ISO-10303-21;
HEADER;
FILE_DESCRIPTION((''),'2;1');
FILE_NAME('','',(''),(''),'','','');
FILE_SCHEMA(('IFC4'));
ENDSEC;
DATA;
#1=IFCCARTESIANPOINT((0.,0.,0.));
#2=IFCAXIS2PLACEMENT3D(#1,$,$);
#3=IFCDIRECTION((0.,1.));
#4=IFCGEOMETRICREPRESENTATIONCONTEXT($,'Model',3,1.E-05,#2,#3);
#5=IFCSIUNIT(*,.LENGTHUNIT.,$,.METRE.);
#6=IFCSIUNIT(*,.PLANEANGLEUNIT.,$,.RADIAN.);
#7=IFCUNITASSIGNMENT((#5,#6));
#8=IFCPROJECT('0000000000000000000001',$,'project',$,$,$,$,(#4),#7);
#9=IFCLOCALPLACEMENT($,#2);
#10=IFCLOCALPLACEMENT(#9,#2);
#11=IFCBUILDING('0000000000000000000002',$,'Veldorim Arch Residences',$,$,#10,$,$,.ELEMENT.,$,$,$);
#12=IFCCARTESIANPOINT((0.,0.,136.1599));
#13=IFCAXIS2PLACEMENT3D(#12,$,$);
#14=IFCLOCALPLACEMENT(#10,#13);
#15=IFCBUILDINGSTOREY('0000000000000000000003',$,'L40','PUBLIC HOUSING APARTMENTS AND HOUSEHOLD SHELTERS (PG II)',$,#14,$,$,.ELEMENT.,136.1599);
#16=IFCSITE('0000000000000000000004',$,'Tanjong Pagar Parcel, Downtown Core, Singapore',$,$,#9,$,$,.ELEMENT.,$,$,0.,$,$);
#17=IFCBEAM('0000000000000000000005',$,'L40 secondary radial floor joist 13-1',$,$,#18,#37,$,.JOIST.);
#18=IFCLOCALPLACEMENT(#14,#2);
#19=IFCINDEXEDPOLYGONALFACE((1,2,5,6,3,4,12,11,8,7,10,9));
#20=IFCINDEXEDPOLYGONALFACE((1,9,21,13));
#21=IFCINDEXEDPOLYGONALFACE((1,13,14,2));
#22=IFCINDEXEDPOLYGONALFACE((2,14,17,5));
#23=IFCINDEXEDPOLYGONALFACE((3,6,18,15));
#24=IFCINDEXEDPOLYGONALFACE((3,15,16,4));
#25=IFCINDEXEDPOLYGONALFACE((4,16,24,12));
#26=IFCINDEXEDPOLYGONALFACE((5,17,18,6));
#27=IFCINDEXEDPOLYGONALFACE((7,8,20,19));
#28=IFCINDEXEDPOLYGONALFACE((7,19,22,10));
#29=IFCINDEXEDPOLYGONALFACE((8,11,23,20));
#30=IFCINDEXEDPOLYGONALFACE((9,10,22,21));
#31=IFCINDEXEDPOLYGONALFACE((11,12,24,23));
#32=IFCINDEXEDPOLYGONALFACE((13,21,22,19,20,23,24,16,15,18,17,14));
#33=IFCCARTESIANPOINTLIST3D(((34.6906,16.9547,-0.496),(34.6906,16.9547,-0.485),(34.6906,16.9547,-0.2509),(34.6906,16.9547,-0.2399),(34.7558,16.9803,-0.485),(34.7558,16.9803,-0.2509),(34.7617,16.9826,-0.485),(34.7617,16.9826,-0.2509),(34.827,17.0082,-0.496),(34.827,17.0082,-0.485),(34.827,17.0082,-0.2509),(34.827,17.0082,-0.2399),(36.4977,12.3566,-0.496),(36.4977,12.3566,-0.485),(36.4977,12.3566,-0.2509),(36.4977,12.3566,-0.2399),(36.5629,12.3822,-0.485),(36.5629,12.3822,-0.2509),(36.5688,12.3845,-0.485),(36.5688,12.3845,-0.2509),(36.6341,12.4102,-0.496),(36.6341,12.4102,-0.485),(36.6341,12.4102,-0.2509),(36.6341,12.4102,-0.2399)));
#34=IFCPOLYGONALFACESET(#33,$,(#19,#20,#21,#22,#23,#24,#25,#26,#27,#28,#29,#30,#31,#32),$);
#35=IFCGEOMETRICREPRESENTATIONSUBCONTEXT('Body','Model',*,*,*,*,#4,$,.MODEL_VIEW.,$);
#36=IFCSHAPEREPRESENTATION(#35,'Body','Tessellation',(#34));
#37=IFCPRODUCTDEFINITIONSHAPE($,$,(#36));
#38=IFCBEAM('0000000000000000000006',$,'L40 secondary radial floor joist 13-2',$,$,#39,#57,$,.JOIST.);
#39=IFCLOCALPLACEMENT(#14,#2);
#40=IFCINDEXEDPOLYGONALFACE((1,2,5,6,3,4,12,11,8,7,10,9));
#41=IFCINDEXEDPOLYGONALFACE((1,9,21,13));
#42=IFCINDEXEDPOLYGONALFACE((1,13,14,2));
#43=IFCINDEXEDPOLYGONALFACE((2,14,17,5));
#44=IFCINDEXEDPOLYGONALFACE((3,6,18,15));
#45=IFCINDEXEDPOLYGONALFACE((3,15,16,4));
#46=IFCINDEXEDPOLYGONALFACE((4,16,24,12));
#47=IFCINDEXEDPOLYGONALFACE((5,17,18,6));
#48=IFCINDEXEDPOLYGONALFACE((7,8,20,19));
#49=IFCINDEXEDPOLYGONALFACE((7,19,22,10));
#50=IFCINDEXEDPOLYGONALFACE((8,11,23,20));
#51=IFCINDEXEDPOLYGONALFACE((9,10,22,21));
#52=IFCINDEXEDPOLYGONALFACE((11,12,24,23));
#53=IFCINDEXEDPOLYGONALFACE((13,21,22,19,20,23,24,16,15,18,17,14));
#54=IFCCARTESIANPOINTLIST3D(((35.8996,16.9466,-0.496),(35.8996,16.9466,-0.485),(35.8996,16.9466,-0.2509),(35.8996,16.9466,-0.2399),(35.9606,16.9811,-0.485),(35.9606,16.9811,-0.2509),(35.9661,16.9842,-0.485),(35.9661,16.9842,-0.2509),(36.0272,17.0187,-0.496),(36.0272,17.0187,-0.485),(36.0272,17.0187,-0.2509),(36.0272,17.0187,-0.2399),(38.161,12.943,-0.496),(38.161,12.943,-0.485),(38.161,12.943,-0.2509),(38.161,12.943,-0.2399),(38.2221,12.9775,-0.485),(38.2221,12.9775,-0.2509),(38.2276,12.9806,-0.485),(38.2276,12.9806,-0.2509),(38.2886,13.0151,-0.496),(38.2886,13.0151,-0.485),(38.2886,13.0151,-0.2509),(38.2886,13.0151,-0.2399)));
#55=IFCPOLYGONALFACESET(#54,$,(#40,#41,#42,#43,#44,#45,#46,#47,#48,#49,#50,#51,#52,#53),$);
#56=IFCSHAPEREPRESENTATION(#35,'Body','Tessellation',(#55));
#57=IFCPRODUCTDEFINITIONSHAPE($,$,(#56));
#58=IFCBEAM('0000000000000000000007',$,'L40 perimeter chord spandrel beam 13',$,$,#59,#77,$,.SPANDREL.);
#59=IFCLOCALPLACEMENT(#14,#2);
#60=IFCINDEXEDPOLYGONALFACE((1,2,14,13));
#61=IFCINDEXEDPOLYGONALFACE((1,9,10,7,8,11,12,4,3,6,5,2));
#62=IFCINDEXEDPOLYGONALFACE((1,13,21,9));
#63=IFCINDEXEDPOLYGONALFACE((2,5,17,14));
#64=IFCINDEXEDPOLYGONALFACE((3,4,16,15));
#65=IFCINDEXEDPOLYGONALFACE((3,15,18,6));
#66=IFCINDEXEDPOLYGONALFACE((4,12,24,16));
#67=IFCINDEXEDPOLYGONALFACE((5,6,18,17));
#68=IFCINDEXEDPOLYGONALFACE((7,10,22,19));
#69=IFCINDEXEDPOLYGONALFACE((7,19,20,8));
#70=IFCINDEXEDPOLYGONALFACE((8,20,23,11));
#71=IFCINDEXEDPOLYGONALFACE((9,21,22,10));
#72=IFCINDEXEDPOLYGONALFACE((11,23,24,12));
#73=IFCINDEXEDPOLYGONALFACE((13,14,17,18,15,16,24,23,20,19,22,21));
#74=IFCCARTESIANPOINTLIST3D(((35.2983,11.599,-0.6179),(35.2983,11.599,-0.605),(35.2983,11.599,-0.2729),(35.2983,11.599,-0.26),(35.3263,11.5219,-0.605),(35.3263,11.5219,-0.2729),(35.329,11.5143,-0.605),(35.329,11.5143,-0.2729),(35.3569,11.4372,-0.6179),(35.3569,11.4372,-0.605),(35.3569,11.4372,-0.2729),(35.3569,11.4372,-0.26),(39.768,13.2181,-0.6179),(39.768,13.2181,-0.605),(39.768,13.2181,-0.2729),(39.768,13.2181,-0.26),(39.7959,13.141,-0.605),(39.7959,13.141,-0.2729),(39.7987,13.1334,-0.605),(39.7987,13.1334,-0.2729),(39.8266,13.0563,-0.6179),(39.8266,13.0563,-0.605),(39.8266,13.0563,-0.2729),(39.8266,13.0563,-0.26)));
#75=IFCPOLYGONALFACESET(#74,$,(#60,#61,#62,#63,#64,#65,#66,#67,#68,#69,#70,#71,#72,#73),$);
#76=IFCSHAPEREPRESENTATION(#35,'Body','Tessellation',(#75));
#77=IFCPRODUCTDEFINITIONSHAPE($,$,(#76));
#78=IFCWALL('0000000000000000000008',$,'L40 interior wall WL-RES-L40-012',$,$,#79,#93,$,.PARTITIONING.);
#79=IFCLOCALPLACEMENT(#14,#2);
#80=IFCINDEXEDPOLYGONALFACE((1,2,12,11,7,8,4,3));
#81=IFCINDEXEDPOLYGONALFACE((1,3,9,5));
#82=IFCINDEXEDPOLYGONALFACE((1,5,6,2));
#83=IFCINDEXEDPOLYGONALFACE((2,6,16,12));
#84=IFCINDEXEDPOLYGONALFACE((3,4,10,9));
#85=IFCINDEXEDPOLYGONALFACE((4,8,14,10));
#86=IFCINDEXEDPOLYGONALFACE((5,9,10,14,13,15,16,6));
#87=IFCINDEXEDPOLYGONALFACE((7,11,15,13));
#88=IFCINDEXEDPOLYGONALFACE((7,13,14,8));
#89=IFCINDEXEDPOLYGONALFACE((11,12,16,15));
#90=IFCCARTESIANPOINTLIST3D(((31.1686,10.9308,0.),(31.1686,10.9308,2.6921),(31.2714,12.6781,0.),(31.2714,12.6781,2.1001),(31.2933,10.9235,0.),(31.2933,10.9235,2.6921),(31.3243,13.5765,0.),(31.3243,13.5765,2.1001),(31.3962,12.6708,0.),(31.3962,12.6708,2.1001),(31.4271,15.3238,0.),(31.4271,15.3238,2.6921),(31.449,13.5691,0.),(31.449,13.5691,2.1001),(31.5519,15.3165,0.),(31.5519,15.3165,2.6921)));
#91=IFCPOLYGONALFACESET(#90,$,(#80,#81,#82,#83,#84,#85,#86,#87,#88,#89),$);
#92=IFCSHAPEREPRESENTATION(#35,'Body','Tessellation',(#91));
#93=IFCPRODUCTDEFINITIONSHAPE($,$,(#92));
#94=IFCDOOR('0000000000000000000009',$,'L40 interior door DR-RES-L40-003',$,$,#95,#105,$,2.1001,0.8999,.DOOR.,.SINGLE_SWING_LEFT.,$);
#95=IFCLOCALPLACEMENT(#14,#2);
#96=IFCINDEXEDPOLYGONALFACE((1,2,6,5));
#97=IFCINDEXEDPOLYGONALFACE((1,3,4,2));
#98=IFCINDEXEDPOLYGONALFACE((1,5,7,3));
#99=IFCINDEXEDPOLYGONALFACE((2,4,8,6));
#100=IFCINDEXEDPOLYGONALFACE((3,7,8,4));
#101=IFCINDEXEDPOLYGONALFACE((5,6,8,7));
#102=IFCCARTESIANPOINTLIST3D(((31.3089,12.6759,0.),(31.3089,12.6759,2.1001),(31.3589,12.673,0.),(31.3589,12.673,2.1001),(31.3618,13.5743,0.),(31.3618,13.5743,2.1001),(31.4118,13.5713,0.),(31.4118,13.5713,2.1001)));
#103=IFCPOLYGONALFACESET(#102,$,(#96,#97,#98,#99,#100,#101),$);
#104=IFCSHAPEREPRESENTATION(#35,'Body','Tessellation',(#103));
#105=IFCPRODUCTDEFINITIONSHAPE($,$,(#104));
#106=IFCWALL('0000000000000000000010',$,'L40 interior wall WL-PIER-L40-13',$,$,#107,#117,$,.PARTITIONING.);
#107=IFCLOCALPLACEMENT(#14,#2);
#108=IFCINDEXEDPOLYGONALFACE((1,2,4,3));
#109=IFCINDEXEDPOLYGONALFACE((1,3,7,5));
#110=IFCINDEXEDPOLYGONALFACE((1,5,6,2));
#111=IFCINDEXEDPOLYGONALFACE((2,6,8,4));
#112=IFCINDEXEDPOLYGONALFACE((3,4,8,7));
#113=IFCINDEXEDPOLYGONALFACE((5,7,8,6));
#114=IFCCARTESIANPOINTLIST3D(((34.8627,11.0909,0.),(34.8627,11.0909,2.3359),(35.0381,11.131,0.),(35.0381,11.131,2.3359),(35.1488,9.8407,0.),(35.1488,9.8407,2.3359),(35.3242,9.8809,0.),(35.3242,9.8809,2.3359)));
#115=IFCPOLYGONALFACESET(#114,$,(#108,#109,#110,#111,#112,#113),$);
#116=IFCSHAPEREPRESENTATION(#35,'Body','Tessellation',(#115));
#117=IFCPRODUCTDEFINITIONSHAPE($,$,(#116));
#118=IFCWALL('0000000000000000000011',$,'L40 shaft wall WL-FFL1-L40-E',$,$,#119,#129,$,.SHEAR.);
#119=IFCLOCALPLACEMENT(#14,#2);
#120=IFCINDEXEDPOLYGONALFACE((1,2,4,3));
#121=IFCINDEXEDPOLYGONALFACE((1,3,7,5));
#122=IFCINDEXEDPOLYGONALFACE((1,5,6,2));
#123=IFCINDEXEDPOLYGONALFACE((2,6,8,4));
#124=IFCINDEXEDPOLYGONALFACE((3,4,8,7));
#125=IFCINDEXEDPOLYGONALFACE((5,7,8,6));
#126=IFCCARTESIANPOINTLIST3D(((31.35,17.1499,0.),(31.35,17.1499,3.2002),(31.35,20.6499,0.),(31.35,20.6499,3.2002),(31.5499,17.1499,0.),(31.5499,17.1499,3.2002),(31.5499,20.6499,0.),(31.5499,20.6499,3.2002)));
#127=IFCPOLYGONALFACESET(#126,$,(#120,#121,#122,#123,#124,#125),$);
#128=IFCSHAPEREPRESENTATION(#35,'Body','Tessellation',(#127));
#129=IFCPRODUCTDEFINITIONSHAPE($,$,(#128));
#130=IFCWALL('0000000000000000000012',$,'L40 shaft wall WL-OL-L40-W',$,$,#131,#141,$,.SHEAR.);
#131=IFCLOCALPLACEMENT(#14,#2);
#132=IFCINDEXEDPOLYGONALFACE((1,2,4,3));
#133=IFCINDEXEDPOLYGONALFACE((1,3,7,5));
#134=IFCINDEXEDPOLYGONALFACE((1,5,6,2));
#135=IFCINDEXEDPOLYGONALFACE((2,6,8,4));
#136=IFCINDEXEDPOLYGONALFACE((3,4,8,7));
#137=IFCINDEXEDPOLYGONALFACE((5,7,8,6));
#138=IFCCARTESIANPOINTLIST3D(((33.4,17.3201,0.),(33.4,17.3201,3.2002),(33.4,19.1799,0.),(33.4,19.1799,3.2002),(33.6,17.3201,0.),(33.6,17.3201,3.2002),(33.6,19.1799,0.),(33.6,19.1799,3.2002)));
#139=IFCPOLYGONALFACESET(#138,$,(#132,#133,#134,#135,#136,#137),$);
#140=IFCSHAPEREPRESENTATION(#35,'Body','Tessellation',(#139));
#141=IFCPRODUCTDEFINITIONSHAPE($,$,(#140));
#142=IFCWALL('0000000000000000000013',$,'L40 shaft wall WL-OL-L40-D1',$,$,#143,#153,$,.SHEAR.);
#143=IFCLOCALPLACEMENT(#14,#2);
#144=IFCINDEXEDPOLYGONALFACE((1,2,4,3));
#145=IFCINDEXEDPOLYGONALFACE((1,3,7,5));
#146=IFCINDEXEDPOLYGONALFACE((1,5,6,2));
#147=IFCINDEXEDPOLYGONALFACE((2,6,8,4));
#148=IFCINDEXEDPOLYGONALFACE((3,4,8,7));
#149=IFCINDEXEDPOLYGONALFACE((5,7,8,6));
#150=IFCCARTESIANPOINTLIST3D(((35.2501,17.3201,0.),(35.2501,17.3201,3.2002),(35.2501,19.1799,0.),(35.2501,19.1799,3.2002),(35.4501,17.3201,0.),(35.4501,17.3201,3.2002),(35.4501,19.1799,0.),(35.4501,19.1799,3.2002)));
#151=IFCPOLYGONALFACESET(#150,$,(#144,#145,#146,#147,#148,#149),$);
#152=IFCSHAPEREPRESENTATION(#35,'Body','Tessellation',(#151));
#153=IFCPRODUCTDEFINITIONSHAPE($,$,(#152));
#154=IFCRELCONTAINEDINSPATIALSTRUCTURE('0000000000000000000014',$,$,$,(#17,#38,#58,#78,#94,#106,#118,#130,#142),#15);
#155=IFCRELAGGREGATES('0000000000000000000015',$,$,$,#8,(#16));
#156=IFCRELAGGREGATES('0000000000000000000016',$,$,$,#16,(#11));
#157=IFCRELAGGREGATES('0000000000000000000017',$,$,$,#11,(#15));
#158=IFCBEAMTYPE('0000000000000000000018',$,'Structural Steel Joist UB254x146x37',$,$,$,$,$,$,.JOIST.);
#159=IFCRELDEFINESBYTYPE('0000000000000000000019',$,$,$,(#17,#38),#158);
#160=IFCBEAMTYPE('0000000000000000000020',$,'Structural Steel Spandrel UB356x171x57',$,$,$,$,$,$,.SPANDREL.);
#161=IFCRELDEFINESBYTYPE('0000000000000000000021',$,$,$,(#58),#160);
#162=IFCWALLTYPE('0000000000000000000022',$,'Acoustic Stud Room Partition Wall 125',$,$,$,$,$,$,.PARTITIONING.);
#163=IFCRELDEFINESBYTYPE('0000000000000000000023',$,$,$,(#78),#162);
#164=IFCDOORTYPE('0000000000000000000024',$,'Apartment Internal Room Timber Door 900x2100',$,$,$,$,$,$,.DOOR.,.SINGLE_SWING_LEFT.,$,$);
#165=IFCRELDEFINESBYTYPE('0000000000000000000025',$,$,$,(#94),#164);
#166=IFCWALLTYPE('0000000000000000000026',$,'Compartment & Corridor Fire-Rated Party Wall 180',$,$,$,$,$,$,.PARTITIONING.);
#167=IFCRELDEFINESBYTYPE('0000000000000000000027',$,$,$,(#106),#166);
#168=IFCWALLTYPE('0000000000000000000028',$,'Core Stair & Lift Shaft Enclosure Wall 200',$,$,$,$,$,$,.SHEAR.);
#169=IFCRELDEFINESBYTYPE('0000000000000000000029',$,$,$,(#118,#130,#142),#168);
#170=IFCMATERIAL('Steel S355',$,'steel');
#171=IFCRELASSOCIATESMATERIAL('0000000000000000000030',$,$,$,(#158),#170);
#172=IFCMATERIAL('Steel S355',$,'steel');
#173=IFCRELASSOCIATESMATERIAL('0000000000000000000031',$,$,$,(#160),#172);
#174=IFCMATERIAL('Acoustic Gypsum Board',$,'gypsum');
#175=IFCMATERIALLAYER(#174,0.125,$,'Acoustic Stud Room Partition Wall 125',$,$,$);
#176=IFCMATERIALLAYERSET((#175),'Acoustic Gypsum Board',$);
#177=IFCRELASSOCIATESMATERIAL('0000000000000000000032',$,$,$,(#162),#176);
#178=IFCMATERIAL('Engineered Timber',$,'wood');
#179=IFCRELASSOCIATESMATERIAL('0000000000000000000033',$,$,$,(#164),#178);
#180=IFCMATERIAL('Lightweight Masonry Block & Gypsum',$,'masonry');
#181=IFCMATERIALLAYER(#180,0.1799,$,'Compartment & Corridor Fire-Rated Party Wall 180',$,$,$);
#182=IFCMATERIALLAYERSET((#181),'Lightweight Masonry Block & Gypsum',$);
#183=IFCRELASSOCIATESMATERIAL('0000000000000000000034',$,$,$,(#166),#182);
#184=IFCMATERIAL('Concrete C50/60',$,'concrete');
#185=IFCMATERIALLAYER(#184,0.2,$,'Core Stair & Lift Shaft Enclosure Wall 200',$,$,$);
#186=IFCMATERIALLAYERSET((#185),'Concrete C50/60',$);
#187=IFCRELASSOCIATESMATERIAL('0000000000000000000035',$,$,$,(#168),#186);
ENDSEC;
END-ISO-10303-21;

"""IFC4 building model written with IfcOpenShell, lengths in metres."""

from ifc_helpers import new_model, si_unit, direction, frame, frame_2d, origin, origin_2d, place, context, subcontext, project, spatial, rectangle, i_section, extrude, material, layer, layer_set, material_profile, profile_set, type_object, element, fill, save


model = new_model("IFC4")

# Units and contexts
model_context = context("Model", 3, precision=1e-05, world=origin(), true_north=direction((0.0, 1.0)))
body_context = subcontext(model_context, "Body", "Model", "MODEL_VIEW")
ifc_project = project(units=[si_unit("LENGTHUNIT", "METRE"), si_unit("PLANEANGLEUNIT", "RADIAN")], contexts=[model_context])

# Site, building, storey
site_placement = place(None, origin())
site = spatial("IfcSite", under=ifc_project, at=site_placement, Name="Tanjong Pagar Parcel, Downtown Core, Singapore", CompositionType="ELEMENT", RefElevation=0.0)
building_placement = place(site_placement, origin())
building = spatial("IfcBuilding", under=site, at=building_placement, Name="Veldorim Arch Residences", CompositionType="ELEMENT")
storey_placement = place(building_placement, frame((0.0, 0.0, 136.1599)))
storey = spatial("IfcBuildingStorey", under=building, at=storey_placement, Name="L40", Description="PUBLIC HOUSING APARTMENTS AND HOUSEHOLD SHELTERS (PG II)", CompositionType="ELEMENT", Elevation=136.1599)

# Beams
ifc_material_1 = material(Name="Steel S355", Category="steel")
ifc_material_profile_1 = material_profile(ifc_material_1, i_section(OverallWidth=0.1465, OverallDepth=0.2561, WebThickness=0.0063, FlangeThickness=0.011, at=origin_2d()), Name="UB254x146x37")
ifc_profile_set_1 = profile_set([ifc_material_profile_1], Name="Steel S355")
beam_type_1 = type_object("IfcBeamType", Name="Structural Steel Joist UB254x146x37", PredefinedType="JOIST", material=ifc_profile_set_1)
beam_1_placement = place(storey_placement, frame((34.7588, 16.9814, -0.3679), z_axis=(0.365778, -0.930702, 0.0), x_axis=(0.930702, 0.365778, 0.0)))
element("IfcBeam", 1, at=beam_1_placement, inside=storey, type_object=beam_type_1, Name="L40 secondary radial floor joist 13-1", PredefinedType="JOIST", context=body_context, shape_type="SweptSolid", body=[
    extrude(i_section(OverallWidth=0.1465, OverallDepth=0.2561, WebThickness=0.0063, FlangeThickness=0.011, at=origin_2d()), origin(), (0.0, 0.0, 1.0), 4.9404),
])
beam_2_placement = place(storey_placement, frame((35.9634, 16.9827, -0.3679), z_axis=(0.491816, -0.870699, 0.0), x_axis=(0.870699, 0.491816, 0.0)))
element("IfcBeam", 2, at=beam_2_placement, inside=storey, type_object=beam_type_1, Name="L40 secondary radial floor joist 13-2", PredefinedType="JOIST", context=body_context, shape_type="SweptSolid", body=[
    extrude(i_section(OverallWidth=0.1465, OverallDepth=0.2561, WebThickness=0.0063, FlangeThickness=0.011, at=origin_2d()), origin(), (0.0, 0.0, 1.0), 4.5981),
])
ifc_material_2 = material(Name="Steel S355", Category="steel")
ifc_material_profile_2 = material_profile(ifc_material_2, i_section(OverallWidth=0.1721, OverallDepth=0.3579, WebThickness=0.0081, FlangeThickness=0.0129, at=origin_2d()), Name="UB356x171x57")
ifc_profile_set_2 = profile_set([ifc_material_profile_2], Name="Steel S355")
beam_type_2 = type_object("IfcBeamType", Name="Structural Steel Spandrel UB356x171x57", PredefinedType="SPANDREL", material=ifc_profile_set_2)
beam_3_placement = place(storey_placement, frame((35.3276, 11.5181, -0.439), z_axis=(0.940213, 0.340588, 0.0), x_axis=(-0.340588, 0.940213, 0.0)))
element("IfcBeam", 3, at=beam_3_placement, inside=storey, type_object=beam_type_2, Name="L40 perimeter chord spandrel beam 13", PredefinedType="SPANDREL", context=body_context, shape_type="SweptSolid", body=[
    extrude(i_section(OverallWidth=0.1721, OverallDepth=0.3579, WebThickness=0.0081, FlangeThickness=0.0129, at=origin_2d()), origin(), (0.0, 0.0, 1.0), 4.7539),
])

# Wall, opening, door
ifc_material_3 = material(Name="Acoustic Gypsum Board", Category="gypsum")
ifc_layer_1 = layer(ifc_material_3, 0.125, Name="Acoustic Stud Room Partition Wall 125")
ifc_layer_set_1 = layer_set([ifc_layer_1], Name="Acoustic Gypsum Board")
wall_type_1 = type_object("IfcWallType", Name="Acoustic Stud Room Partition Wall 125", PredefinedType="PARTITIONING", material=ifc_layer_set_1)
wall_1_placement = place(storey_placement, frame((31.231, 10.9272, 0.0), z_axis=(0.0, 0.0, 1.0), x_axis=(0.058751, 0.998273, 0.0)))
wall_1 = element("IfcWall", 4, at=wall_1_placement, inside=storey, type_object=wall_type_1, Name="L40 interior wall WL-RES-L40-012", PredefinedType="PARTITIONING", context=body_context, shape_type="SweptSolid", body=[
    extrude(rectangle(XDim=4.4006, YDim=0.125, at=frame_2d((2.2002, 0.0))), origin(), (0.0, 0.0, 1.0), 2.6921),
])
opening_1_placement = place(wall_1_placement, frame((1.7502, 0.0, 0.0)))
opening_1 = element("IfcOpeningElement", 5, at=opening_1_placement, cuts=wall_1, PredefinedType="OPENING", context=body_context, shape_type="SweptSolid", body=[
    extrude(rectangle(XDim=0.8999, YDim=2.1001, at=frame_2d((0.45, 1.05))), frame((0.0, 0.0725, 0.0), z_axis=(0.0, -1.0, 0.0), x_axis=(1.0, 0.0, 0.0)), (0.0, 0.0, 1.0), 0.145),
])
ifc_material_4 = material(Name="Engineered Timber", Category="wood")
door_type_1 = type_object("IfcDoorType", Name="Apartment Internal Room Timber Door 900x2100", OperationType="SINGLE_SWING_LEFT", PredefinedType="DOOR", material=ifc_material_4)
door_1_placement = place(opening_1_placement, origin())
door_1 = element("IfcDoor", 6, at=door_1_placement, inside=storey, type_object=door_type_1, Name="L40 interior door DR-RES-L40-003", OperationType="SINGLE_SWING_LEFT", OverallHeight=2.1001, OverallWidth=0.8999, PredefinedType="DOOR", context=body_context, shape_type="SweptSolid", body=[
    extrude(rectangle(XDim=0.8999, YDim=2.1001, at=frame_2d((0.45, 1.05))), frame((0.0, 0.0249, 0.0), z_axis=(0.0, -1.0, 0.0), x_axis=(1.0, 0.0, 0.0)), (0.0, 0.0, 1.0), 0.05),
])
fill(opening_1, door_1)

# Walls
ifc_material_5 = material(Name="Lightweight Masonry Block & Gypsum", Category="masonry")
ifc_layer_2 = layer(ifc_material_5, 0.1799, Name="Compartment & Corridor Fire-Rated Party Wall 180")
ifc_layer_set_2 = layer_set([ifc_layer_2], Name="Lightweight Masonry Block & Gypsum")
wall_type_2 = type_object("IfcWallType", Name="Compartment & Corridor Fire-Rated Party Wall 180", PredefinedType="PARTITIONING", material=ifc_layer_set_2)
wall_2_placement = place(storey_placement, frame((34.9504, 11.1108, 0.0), z_axis=(0.0, 0.0, 1.0), x_axis=(0.223094, -0.974797, 0.0)))
element("IfcWall", 7, at=wall_2_placement, inside=storey, type_object=wall_type_2, Name="L40 interior wall WL-PIER-L40-13", PredefinedType="PARTITIONING", context=body_context, shape_type="SweptSolid", body=[
    extrude(rectangle(XDim=1.2825, YDim=0.1799, at=frame_2d((0.6411, 0.0))), origin(), (0.0, 0.0, 1.0), 2.3359),
])
ifc_material_6 = material(Name="Concrete C50/60", Category="concrete")
ifc_layer_3 = layer(ifc_material_6, 0.2, Name="Core Stair & Lift Shaft Enclosure Wall 200")
ifc_layer_set_3 = layer_set([ifc_layer_3], Name="Concrete C50/60")
wall_type_3 = type_object("IfcWallType", Name="Core Stair & Lift Shaft Enclosure Wall 200", PredefinedType="SHEAR", material=ifc_layer_set_3)
wall_3_placement = place(storey_placement, frame((31.45, 17.1499, 0.0), z_axis=(0.0, 0.0, 1.0), x_axis=(0.0, 1.0, 0.0)))
element("IfcWall", 8, at=wall_3_placement, inside=storey, type_object=wall_type_3, Name="L40 shaft wall WL-FFL1-L40-E", PredefinedType="SHEAR", context=body_context, shape_type="SweptSolid", body=[
    extrude(rectangle(XDim=3.5, YDim=0.2, at=frame_2d((1.75, 0.0))), origin(), (0.0, 0.0, 1.0), 3.2002),
])
for number, where, z_axis, x_axis, name in (
    (9, (33.5, 17.3201, 0.0), (0.0, 0.0, 1.0), (0.0, 1.0, 0.0), "L40 shaft wall WL-OL-L40-W"),
    (10, (35.3501, 17.3201, 0.0), (0.0, 0.0, 1.0), (0.0, 1.0, 0.0), "L40 shaft wall WL-OL-L40-D1"),
):
    element("IfcWall", number, at=place(storey_placement, frame(where, z_axis=z_axis, x_axis=x_axis)), inside=storey, type_object=wall_type_3, Name=name, PredefinedType="SHEAR", context=body_context, shape_type="SweptSolid", body=[
        extrude(rectangle(XDim=1.8599, YDim=0.2, at=frame_2d((0.9299, 0.0))), origin(), (0.0, 0.0, 1.0), 3.2002),
    ])

save(model, "model.ifc")
